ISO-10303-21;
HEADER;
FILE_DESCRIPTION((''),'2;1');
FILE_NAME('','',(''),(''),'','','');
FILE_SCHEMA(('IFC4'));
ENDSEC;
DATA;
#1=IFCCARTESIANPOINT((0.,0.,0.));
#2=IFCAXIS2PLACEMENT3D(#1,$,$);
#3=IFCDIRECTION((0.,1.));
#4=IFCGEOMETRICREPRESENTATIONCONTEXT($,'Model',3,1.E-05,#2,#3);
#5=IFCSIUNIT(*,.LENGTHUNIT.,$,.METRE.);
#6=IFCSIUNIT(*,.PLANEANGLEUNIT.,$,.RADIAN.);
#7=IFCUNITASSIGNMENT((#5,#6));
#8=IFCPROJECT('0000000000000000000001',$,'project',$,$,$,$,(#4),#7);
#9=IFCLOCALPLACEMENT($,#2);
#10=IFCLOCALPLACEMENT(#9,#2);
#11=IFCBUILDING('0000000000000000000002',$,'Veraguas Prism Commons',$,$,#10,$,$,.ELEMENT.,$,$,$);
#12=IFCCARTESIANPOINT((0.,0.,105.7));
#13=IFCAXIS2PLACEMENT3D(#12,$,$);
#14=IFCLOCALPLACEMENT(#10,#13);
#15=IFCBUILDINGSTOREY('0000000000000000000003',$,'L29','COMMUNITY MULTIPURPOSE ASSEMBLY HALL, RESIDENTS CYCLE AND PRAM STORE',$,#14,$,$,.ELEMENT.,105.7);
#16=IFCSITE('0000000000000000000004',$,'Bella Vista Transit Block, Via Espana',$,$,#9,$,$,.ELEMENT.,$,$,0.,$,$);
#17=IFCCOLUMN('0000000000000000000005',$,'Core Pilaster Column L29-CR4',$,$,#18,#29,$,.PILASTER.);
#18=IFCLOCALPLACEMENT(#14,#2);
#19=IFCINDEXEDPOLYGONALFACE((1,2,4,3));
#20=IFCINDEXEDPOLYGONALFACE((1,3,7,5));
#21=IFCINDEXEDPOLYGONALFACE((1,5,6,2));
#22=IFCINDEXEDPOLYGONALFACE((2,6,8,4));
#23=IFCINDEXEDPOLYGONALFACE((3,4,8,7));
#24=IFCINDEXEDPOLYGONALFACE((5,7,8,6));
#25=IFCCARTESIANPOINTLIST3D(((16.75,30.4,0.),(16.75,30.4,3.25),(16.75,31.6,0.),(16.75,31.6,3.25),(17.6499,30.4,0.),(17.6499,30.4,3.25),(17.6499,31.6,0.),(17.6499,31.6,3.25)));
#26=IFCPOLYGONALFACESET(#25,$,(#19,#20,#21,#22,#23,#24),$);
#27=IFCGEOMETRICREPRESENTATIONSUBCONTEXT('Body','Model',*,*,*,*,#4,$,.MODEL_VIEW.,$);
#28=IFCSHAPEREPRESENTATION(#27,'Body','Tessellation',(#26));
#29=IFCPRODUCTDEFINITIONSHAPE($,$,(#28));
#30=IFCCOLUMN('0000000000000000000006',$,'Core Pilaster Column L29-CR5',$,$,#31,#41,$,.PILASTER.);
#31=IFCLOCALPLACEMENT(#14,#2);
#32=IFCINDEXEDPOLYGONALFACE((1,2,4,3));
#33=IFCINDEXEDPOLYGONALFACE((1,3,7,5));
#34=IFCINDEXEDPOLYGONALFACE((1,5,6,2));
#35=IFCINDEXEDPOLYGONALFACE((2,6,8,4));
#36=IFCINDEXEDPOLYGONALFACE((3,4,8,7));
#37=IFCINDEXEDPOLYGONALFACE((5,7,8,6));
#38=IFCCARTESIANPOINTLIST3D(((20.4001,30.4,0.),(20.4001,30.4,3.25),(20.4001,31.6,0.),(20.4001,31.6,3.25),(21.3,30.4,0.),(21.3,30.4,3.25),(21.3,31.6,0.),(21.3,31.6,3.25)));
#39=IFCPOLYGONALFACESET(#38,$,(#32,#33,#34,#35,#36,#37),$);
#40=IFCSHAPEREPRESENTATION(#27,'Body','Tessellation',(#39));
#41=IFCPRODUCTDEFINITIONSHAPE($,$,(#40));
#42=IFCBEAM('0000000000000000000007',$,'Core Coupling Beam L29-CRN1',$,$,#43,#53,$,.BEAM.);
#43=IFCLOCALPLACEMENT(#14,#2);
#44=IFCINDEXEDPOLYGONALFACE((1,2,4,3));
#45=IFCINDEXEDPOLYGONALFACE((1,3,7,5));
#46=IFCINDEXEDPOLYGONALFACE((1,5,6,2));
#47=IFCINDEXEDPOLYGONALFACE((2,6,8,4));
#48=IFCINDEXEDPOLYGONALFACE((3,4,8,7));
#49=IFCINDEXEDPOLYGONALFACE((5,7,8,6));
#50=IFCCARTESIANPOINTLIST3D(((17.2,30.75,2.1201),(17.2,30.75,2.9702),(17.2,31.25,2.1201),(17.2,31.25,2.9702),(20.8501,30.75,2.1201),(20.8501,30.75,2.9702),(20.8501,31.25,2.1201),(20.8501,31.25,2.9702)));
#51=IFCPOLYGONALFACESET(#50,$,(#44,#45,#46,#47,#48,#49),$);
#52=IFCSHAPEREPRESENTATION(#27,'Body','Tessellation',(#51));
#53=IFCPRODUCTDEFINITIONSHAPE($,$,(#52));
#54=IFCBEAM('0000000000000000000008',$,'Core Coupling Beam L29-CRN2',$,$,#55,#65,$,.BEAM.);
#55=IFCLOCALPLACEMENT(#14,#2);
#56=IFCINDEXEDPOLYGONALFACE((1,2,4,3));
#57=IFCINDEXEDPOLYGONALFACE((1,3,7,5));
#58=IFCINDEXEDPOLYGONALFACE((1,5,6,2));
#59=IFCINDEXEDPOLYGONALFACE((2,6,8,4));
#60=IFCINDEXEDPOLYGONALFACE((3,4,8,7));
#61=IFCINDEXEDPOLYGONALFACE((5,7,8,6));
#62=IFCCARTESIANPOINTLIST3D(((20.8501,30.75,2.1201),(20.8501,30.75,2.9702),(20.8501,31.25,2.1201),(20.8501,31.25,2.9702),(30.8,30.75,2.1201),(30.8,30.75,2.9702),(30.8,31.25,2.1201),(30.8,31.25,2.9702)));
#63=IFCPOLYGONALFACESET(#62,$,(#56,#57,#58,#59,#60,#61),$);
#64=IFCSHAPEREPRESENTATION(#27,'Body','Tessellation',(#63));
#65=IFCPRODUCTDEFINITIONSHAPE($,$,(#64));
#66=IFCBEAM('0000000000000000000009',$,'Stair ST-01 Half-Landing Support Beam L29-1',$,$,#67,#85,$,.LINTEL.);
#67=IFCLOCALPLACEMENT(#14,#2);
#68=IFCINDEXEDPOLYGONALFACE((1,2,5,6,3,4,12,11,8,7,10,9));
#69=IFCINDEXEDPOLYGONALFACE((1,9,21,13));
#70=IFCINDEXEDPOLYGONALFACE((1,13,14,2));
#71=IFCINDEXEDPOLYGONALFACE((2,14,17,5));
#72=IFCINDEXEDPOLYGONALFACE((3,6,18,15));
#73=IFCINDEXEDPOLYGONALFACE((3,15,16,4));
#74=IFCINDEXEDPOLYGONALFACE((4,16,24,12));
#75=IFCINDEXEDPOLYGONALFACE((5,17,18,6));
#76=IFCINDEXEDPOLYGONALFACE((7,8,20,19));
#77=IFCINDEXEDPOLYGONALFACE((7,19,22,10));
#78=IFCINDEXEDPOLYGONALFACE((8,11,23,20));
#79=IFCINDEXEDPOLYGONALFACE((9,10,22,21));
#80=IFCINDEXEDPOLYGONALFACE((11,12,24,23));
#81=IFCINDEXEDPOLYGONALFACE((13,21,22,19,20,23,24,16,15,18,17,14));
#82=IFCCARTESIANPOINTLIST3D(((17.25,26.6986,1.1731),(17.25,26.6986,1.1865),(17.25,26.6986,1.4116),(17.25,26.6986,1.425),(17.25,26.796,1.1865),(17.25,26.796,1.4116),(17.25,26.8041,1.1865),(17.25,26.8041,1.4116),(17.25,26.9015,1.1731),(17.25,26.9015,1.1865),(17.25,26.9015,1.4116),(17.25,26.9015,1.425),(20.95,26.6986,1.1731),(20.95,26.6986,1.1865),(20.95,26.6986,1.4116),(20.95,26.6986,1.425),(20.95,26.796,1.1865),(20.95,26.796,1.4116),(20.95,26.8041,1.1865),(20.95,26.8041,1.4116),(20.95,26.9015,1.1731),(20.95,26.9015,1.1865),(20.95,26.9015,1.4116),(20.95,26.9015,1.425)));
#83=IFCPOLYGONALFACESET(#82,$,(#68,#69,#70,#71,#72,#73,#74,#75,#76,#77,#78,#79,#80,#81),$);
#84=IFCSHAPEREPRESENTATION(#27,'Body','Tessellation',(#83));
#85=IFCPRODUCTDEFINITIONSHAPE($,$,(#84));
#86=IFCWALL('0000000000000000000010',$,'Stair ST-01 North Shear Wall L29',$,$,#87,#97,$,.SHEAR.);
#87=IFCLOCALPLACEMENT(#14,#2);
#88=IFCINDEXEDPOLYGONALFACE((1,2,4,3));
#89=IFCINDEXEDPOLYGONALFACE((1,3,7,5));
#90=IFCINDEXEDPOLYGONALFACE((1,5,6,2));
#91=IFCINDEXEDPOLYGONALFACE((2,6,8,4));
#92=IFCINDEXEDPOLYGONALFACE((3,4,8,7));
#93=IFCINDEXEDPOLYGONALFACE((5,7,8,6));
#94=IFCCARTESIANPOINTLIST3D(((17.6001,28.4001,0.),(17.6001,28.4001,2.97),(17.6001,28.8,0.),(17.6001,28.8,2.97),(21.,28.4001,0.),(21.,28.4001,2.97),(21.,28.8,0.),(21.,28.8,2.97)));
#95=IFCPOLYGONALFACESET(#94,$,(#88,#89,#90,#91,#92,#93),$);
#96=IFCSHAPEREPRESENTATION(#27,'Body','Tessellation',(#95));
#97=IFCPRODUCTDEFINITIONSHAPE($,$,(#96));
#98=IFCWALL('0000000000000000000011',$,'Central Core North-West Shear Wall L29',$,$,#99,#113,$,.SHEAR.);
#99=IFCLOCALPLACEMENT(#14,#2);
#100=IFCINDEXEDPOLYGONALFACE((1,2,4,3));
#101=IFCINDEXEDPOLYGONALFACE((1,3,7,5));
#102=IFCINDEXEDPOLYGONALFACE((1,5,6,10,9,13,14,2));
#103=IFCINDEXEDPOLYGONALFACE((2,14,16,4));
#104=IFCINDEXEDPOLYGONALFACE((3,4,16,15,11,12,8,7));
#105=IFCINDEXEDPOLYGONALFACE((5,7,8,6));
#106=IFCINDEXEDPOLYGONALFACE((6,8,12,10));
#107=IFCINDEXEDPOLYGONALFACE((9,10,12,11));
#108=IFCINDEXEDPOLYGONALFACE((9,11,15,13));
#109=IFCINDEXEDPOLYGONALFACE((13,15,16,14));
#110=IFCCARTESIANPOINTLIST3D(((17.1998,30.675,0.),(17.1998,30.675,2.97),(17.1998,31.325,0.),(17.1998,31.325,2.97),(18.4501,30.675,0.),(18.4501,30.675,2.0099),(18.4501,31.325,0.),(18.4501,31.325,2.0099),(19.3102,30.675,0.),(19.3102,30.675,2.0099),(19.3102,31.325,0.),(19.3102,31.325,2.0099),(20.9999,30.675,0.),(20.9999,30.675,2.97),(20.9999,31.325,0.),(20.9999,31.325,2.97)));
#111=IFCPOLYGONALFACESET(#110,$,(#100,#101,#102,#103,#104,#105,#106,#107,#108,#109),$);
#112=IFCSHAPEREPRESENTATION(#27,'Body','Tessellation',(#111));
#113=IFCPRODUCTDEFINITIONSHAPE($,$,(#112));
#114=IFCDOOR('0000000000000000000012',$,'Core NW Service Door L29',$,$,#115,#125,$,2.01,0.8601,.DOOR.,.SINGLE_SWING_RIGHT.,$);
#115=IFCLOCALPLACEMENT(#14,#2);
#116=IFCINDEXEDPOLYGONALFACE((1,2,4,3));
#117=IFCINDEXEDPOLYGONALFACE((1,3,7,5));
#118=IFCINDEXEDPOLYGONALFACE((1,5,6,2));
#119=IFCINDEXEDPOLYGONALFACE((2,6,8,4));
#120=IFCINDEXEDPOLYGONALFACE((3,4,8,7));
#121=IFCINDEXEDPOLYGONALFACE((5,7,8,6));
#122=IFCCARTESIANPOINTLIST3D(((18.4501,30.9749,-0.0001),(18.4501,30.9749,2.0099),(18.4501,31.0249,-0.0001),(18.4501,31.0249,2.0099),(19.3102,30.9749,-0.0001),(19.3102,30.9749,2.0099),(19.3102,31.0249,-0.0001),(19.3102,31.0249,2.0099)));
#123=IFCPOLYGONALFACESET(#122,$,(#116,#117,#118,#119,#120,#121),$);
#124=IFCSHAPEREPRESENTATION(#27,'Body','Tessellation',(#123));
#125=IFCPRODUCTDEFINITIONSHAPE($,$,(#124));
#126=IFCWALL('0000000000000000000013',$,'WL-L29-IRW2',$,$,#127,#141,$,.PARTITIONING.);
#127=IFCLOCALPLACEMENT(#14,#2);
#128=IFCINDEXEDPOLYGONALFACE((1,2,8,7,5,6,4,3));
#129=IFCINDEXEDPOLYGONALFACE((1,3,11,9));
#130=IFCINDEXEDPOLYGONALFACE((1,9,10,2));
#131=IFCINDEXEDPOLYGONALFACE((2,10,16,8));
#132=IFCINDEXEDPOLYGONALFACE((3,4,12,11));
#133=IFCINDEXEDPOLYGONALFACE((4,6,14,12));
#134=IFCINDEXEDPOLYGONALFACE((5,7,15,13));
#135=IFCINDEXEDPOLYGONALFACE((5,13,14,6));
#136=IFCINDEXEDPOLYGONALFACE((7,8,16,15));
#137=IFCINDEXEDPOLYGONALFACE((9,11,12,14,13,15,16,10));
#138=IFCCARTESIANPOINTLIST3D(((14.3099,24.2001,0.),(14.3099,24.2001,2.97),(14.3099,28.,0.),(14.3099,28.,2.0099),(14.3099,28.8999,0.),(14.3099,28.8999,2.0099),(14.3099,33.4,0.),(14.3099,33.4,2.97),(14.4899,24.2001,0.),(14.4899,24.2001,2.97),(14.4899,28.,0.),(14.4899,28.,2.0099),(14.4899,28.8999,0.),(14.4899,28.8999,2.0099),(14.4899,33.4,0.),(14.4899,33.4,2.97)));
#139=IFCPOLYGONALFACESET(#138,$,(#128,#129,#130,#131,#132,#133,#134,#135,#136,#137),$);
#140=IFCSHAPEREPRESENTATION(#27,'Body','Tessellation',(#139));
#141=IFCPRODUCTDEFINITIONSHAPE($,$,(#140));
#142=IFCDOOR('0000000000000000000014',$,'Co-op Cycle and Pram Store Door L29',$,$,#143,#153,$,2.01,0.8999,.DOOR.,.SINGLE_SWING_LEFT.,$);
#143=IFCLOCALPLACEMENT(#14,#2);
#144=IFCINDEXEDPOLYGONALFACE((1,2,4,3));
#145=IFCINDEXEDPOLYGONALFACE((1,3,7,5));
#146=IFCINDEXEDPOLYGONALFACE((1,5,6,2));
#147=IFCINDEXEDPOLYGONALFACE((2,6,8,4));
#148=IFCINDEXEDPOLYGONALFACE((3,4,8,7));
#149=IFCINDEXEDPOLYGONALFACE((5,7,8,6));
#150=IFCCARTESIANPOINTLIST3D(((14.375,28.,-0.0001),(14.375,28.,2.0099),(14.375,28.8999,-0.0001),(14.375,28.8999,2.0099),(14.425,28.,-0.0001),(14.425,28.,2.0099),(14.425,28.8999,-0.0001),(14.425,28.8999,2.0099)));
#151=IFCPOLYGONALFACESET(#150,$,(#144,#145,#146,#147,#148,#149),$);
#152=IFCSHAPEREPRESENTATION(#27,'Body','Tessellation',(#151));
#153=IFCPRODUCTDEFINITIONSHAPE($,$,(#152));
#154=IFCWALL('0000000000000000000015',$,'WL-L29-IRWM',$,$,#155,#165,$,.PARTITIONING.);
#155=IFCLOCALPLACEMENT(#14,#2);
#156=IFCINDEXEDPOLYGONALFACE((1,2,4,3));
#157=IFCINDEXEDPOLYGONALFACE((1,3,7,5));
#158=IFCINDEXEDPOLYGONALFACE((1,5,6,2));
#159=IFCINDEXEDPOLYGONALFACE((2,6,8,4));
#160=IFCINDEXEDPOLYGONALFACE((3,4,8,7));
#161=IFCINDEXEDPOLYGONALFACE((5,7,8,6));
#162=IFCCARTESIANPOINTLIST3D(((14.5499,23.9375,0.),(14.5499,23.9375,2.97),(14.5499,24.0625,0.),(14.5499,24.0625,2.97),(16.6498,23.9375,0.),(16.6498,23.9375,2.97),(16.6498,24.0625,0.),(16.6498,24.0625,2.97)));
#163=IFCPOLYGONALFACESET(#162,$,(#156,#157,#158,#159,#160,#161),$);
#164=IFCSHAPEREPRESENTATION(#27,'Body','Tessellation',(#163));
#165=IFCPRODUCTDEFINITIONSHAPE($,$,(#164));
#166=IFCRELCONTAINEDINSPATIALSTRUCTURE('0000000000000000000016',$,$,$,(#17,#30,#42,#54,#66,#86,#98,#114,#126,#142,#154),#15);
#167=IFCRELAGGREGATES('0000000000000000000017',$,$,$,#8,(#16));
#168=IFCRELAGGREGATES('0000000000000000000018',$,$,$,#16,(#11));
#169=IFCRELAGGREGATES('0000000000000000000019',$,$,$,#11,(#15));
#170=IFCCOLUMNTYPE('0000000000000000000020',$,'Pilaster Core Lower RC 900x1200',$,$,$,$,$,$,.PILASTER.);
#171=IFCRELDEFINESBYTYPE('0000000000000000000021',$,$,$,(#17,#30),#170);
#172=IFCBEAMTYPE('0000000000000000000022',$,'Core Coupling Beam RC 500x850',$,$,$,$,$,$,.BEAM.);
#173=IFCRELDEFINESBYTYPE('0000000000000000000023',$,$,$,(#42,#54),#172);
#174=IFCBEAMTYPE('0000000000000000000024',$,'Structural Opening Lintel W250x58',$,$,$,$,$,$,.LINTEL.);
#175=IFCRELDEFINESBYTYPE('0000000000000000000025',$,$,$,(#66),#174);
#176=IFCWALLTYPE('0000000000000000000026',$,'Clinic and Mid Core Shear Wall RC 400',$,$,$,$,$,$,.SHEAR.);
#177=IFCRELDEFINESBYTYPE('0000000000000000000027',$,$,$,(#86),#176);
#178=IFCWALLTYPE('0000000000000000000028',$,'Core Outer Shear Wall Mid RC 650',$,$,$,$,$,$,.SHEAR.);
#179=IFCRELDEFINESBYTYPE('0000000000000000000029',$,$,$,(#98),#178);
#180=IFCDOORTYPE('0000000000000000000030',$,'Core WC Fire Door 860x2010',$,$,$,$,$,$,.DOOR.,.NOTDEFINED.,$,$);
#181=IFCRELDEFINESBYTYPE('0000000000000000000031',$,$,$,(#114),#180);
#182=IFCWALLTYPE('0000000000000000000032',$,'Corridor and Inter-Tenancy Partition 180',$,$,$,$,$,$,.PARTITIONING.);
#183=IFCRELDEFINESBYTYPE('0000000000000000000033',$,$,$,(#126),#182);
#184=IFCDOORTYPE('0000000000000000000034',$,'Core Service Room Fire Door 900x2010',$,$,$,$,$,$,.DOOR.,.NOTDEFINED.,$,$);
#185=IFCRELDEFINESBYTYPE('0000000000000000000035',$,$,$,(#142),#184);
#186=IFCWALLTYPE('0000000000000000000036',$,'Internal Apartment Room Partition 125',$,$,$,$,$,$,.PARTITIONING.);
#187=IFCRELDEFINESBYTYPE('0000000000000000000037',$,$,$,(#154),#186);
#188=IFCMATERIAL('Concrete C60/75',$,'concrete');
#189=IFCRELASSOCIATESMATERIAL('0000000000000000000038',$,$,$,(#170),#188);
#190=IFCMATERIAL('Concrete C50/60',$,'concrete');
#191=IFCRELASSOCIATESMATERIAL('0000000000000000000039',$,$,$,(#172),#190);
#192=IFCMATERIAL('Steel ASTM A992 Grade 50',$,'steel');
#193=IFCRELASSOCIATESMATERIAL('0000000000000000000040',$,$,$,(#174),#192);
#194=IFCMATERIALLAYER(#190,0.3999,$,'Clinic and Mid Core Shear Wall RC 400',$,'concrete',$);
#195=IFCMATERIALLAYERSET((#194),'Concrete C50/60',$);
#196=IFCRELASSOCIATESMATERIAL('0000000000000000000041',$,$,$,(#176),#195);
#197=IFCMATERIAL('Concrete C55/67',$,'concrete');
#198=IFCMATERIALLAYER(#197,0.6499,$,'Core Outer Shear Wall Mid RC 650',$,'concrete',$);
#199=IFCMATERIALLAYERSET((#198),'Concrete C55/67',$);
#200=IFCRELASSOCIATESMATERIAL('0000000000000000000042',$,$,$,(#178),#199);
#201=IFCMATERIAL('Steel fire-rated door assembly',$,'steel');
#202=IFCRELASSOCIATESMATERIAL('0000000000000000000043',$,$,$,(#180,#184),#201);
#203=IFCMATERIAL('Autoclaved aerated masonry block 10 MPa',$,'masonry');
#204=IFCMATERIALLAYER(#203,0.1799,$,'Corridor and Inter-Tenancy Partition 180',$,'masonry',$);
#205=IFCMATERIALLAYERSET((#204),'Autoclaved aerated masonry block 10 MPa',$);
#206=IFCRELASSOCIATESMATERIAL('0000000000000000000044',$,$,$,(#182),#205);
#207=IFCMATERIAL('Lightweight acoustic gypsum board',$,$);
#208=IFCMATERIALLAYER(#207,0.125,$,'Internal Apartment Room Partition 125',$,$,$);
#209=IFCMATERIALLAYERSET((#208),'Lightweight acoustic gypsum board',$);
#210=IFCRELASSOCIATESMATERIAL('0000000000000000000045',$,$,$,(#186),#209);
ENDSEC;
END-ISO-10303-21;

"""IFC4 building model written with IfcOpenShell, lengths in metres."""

from ifc_helpers import new_model, si_unit, direction, frame, frame_2d, origin, origin_2d, place, context, subcontext, project, spatial, rectangle, i_section, extrude, source, transform, mapped, material, layer, layer_set, material_profile, profile_set, type_object, element, fill, save


model = new_model("IFC4")

# Units and contexts
model_context = context("Model", 3, precision=1e-05, world=origin(), true_north=direction((0.0, 1.0)))
body_context = subcontext(model_context, "Body", "Model", "MODEL_VIEW")
ifc_project = project(units=[si_unit("LENGTHUNIT", "METRE"), si_unit("PLANEANGLEUNIT", "RADIAN")], contexts=[model_context])

# Site, building, storey
site_placement = place(None, origin())
site = spatial("IfcSite", under=ifc_project, at=site_placement, Name="Bella Vista Transit Block, Via Espana", CompositionType="ELEMENT", RefElevation=0.0)
building_placement = place(site_placement, origin())
building = spatial("IfcBuilding", under=site, at=building_placement, Name="Veraguas Prism Commons", CompositionType="ELEMENT")
storey_placement = place(building_placement, frame((0.0, 0.0, 105.7)))
storey = spatial("IfcBuildingStorey", under=building, at=storey_placement, Name="L29", Description="COMMUNITY MULTIPURPOSE ASSEMBLY HALL, RESIDENTS CYCLE AND PRAM STORE", CompositionType="ELEMENT", Elevation=105.7)

# Columns
ifc_material_1 = material(Name="Concrete C60/75", Category="concrete")
ifc_material_profile_1 = material_profile(ifc_material_1, rectangle(XDim=0.8999, YDim=1.2, at=origin_2d()), Name="RC900X1200")
ifc_profile_set_1 = profile_set([ifc_material_profile_1], Name="Concrete C60/75")
column_type = type_object("IfcColumnType", Name="Pilaster Core Lower RC 900x1200", PredefinedType="PILASTER", material=ifc_profile_set_1)
for number, where, z_axis, x_axis, name in (
    (1, (17.2, 31.0, 0.0), (0.0, 0.0, 1.0), (1.0, 0.0, 0.0), "Core Pilaster Column L29-CR4"),
    (2, (20.8501, 31.0, 0.0), (0.0, 0.0, 1.0), (1.0, 0.0, 0.0), "Core Pilaster Column L29-CR5"),
):
    element("IfcColumn", number, at=place(storey_placement, frame(where, z_axis=z_axis, x_axis=x_axis)), inside=storey, type_object=column_type, Name=name, PredefinedType="PILASTER", context=body_context, shape_type="SweptSolid", body=[
        extrude(rectangle(XDim=0.8999, YDim=1.2, at=origin_2d()), origin(), (0.0, 0.0, 1.0), 3.25),
    ])

# Beams
ifc_material_2 = material(Name="Concrete C50/60", Category="concrete")
ifc_material_profile_2 = material_profile(ifc_material_2, rectangle(XDim=0.5, YDim=0.8501, at=origin_2d()), Name="RC500X850")
ifc_profile_set_2 = profile_set([ifc_material_profile_2], Name="Concrete C50/60")
beam_type_1 = type_object("IfcBeamType", Name="Core Coupling Beam RC 500x850", PredefinedType="BEAM", material=ifc_profile_set_2)
beam_1_placement = place(storey_placement, frame((17.2, 31.0, 2.5452), z_axis=(1.0, 0.0, 0.0), x_axis=(0.0, 1.0, 0.0)))
element("IfcBeam", 3, at=beam_1_placement, inside=storey, type_object=beam_type_1, Name="Core Coupling Beam L29-CRN1", PredefinedType="BEAM", context=body_context, shape_type="SweptSolid", body=[
    extrude(rectangle(XDim=0.5, YDim=0.8501, at=origin_2d()), origin(), (0.0, 0.0, 1.0), 3.6501),
])
beam_2_placement = place(storey_placement, frame((20.8501, 31.0, 2.5452), z_axis=(1.0, 0.0, 0.0), x_axis=(0.0, 1.0, 0.0)))
element("IfcBeam", 4, at=beam_2_placement, inside=storey, type_object=beam_type_1, Name="Core Coupling Beam L29-CRN2", PredefinedType="BEAM", context=body_context, shape_type="SweptSolid", body=[
    extrude(rectangle(XDim=0.5, YDim=0.8501, at=origin_2d()), origin(), (0.0, 0.0, 1.0), 9.95),
])
ifc_material_3 = material(Name="Steel ASTM A992 Grade 50", Category="steel")
ifc_material_profile_3 = material_profile(ifc_material_3, i_section(OverallWidth=0.2029, OverallDepth=0.252, WebThickness=0.0081, FlangeThickness=0.0134, at=origin_2d()), Name="W250X58")
ifc_profile_set_3 = profile_set([ifc_material_profile_3], Name="Steel ASTM A992 Grade 50")
beam_type_2 = type_object("IfcBeamType", Name="Structural Opening Lintel W250x58", PredefinedType="LINTEL", material=ifc_profile_set_3)
beam_3_placement = place(storey_placement, frame((17.25, 26.8, 1.2991), z_axis=(1.0, 0.0, 0.0), x_axis=(0.0, 1.0, 0.0)))
element("IfcBeam", 5, at=beam_3_placement, inside=storey, type_object=beam_type_2, Name="Stair ST-01 Half-Landing Support Beam L29-1", PredefinedType="LINTEL", context=body_context, shape_type="SweptSolid", body=[
    extrude(i_section(OverallWidth=0.2029, OverallDepth=0.252, WebThickness=0.0081, FlangeThickness=0.0134, at=origin_2d()), origin(), (0.0, 0.0, 1.0), 3.7),
])

# Wall
ifc_layer_1 = layer(ifc_material_2, 0.3999, Name="Clinic and Mid Core Shear Wall RC 400", Category="concrete")
ifc_layer_set_1 = layer_set([ifc_layer_1], Name="Concrete C50/60")
wall_type_1 = type_object("IfcWallType", Name="Clinic and Mid Core Shear Wall RC 400", PredefinedType="SHEAR", material=ifc_layer_set_1)
wall_1_placement = place(storey_placement, frame((17.6001, 28.6001, 0.0), z_axis=(0.0, 0.0, 1.0), x_axis=(1.0, 0.0, 0.0)))
element("IfcWall", 6, at=wall_1_placement, inside=storey, type_object=wall_type_1, Name="Stair ST-01 North Shear Wall L29", PredefinedType="SHEAR", context=body_context, shape_type="SweptSolid", body=[
    extrude(rectangle(XDim=3.3999, YDim=0.3999, at=frame_2d((1.7, 0.0))), origin(), (0.0, 0.0, 1.0), 2.97),
])

# Walls, openings, doors
ifc_material_4 = material(Name="Concrete C55/67", Category="concrete")
ifc_layer_2 = layer(ifc_material_4, 0.6499, Name="Core Outer Shear Wall Mid RC 650", Category="concrete")
ifc_layer_set_2 = layer_set([ifc_layer_2], Name="Concrete C55/67")
wall_type_2 = type_object("IfcWallType", Name="Core Outer Shear Wall Mid RC 650", PredefinedType="SHEAR", material=ifc_layer_set_2)
wall_2_placement = place(storey_placement, frame((17.2, 31.0, 0.0), z_axis=(0.0, 0.0, 1.0), x_axis=(1.0, 0.0, 0.0)))
wall_2 = element("IfcWall", 7, at=wall_2_placement, inside=storey, type_object=wall_type_2, Name="Central Core North-West Shear Wall L29", PredefinedType="SHEAR", context=body_context, shape_type="SweptSolid", body=[
    extrude(rectangle(XDim=3.8, YDim=0.6499, at=frame_2d((1.8999, 0.0))), origin(), (0.0, 0.0, 1.0), 2.97),
])
opening_1_placement = place(wall_2_placement, frame((1.25, 0.0, 0.0)))
opening_1 = element("IfcOpeningElement", 8, at=opening_1_placement, cuts=wall_2, PredefinedType="OPENING", context=body_context, shape_type="SweptSolid", body=[
    extrude(rectangle(XDim=0.8601, YDim=2.01, at=frame_2d((0.4302, 1.0049))), frame((0.0, 0.335, 0.0), z_axis=(0.0, -1.0, 0.0), x_axis=(1.0, 0.0, 0.0)), (0.0, 0.0, 1.0), 0.6699),
])
ifc_material_5 = material(Name="Steel fire-rated door assembly", Category="steel")
door_type_1 = type_object("IfcDoorType", Name="Core WC Fire Door 860x2010", OperationType="NOTDEFINED", PredefinedType="DOOR", material=ifc_material_5)
shared_shape_1 = source(origin(), body_context, "Body", "SweptSolid", [
    extrude(rectangle(XDim=0.8601, YDim=2.01, at=frame_2d((0.4302, 1.0049))), frame((0.0, 0.0249, 0.0), z_axis=(0.0, -1.0, 0.0), x_axis=(1.0, 0.0, 0.0)), (0.0, 0.0, 1.0), 0.05),
])
door_1_placement = place(opening_1_placement, origin())
door_1 = element("IfcDoor", 9, at=door_1_placement, inside=storey, type_object=door_type_1, Name="Core NW Service Door L29", OperationType="SINGLE_SWING_RIGHT", OverallHeight=2.01, OverallWidth=0.8601, PredefinedType="DOOR", context=body_context, shape_type="MappedRepresentation", body=[
    mapped(shared_shape_1, transform((0.0, 0.0, 0.0), scale=1.0)),
])
fill(opening_1, door_1)
ifc_material_6 = material(Name="Autoclaved aerated masonry block 10 MPa", Category="masonry")
ifc_layer_3 = layer(ifc_material_6, 0.1799, Name="Corridor and Inter-Tenancy Partition 180", Category="masonry")
ifc_layer_set_3 = layer_set([ifc_layer_3], Name="Autoclaved aerated masonry block 10 MPa")
wall_type_3 = type_object("IfcWallType", Name="Corridor and Inter-Tenancy Partition 180", PredefinedType="PARTITIONING", material=ifc_layer_set_3)
wall_3_placement = place(storey_placement, frame((14.3999, 24.2, 0.0), z_axis=(0.0, 0.0, 1.0), x_axis=(0.0, 1.0, 0.0)))
wall_3 = element("IfcWall", 10, at=wall_3_placement, inside=storey, type_object=wall_type_3, Name="WL-L29-IRW2", PredefinedType="PARTITIONING", context=body_context, shape_type="SweptSolid", body=[
    extrude(rectangle(XDim=9.2, YDim=0.1799, at=frame_2d((4.6001, 0.0))), origin(), (0.0, 0.0, 1.0), 2.97),
])
opening_2_placement = place(wall_3_placement, frame((3.8, 0.0, 0.0)))
opening_2 = element("IfcOpeningElement", 11, at=opening_2_placement, cuts=wall_3, PredefinedType="OPENING", context=body_context, shape_type="SweptSolid", body=[
    extrude(rectangle(XDim=0.8999, YDim=2.01, at=frame_2d((0.45, 1.0049))), frame((0.0, 0.0999, 0.0), z_axis=(0.0, -1.0, 0.0), x_axis=(1.0, 0.0, 0.0)), (0.0, 0.0, 1.0), 0.2),
])
door_type_2 = type_object("IfcDoorType", Name="Core Service Room Fire Door 900x2010", OperationType="NOTDEFINED", PredefinedType="DOOR", material=ifc_material_5)
shared_shape_2 = source(origin(), body_context, "Body", "SweptSolid", [
    extrude(rectangle(XDim=0.8999, YDim=2.01, at=frame_2d((0.45, 1.0049))), frame((0.0, 0.0249, 0.0), z_axis=(0.0, -1.0, 0.0), x_axis=(1.0, 0.0, 0.0)), (0.0, 0.0, 1.0), 0.05),
])
door_2_placement = place(opening_2_placement, origin())
door_2 = element("IfcDoor", 12, at=door_2_placement, inside=storey, type_object=door_type_2, Name="Co-op Cycle and Pram Store Door L29", OperationType="SINGLE_SWING_LEFT", OverallHeight=2.01, OverallWidth=0.8999, PredefinedType="DOOR", context=body_context, shape_type="MappedRepresentation", body=[
    mapped(shared_shape_2, transform((0.0, 0.0, 0.0), scale=1.0)),
])
fill(opening_2, door_2)

# Wall
ifc_material_7 = material(Name="Lightweight acoustic gypsum board")
ifc_layer_4 = layer(ifc_material_7, 0.125, Name="Internal Apartment Room Partition 125")
ifc_layer_set_4 = layer_set([ifc_layer_4], Name="Lightweight acoustic gypsum board")
wall_type_4 = type_object("IfcWallType", Name="Internal Apartment Room Partition 125", PredefinedType="PARTITIONING", material=ifc_layer_set_4)
wall_4_placement = place(storey_placement, frame((14.55, 24.0, 0.0), z_axis=(0.0, 0.0, 1.0), x_axis=(1.0, 0.0, 0.0)))
element("IfcWall", 13, at=wall_4_placement, inside=storey, type_object=wall_type_4, Name="WL-L29-IRWM", PredefinedType="PARTITIONING", context=body_context, shape_type="SweptSolid", body=[
    extrude(rectangle(XDim=2.0999, YDim=0.125, at=frame_2d((1.0498, 0.0))), origin(), (0.0, 0.0, 1.0), 2.97),
])

save(model, "model.ifc")
